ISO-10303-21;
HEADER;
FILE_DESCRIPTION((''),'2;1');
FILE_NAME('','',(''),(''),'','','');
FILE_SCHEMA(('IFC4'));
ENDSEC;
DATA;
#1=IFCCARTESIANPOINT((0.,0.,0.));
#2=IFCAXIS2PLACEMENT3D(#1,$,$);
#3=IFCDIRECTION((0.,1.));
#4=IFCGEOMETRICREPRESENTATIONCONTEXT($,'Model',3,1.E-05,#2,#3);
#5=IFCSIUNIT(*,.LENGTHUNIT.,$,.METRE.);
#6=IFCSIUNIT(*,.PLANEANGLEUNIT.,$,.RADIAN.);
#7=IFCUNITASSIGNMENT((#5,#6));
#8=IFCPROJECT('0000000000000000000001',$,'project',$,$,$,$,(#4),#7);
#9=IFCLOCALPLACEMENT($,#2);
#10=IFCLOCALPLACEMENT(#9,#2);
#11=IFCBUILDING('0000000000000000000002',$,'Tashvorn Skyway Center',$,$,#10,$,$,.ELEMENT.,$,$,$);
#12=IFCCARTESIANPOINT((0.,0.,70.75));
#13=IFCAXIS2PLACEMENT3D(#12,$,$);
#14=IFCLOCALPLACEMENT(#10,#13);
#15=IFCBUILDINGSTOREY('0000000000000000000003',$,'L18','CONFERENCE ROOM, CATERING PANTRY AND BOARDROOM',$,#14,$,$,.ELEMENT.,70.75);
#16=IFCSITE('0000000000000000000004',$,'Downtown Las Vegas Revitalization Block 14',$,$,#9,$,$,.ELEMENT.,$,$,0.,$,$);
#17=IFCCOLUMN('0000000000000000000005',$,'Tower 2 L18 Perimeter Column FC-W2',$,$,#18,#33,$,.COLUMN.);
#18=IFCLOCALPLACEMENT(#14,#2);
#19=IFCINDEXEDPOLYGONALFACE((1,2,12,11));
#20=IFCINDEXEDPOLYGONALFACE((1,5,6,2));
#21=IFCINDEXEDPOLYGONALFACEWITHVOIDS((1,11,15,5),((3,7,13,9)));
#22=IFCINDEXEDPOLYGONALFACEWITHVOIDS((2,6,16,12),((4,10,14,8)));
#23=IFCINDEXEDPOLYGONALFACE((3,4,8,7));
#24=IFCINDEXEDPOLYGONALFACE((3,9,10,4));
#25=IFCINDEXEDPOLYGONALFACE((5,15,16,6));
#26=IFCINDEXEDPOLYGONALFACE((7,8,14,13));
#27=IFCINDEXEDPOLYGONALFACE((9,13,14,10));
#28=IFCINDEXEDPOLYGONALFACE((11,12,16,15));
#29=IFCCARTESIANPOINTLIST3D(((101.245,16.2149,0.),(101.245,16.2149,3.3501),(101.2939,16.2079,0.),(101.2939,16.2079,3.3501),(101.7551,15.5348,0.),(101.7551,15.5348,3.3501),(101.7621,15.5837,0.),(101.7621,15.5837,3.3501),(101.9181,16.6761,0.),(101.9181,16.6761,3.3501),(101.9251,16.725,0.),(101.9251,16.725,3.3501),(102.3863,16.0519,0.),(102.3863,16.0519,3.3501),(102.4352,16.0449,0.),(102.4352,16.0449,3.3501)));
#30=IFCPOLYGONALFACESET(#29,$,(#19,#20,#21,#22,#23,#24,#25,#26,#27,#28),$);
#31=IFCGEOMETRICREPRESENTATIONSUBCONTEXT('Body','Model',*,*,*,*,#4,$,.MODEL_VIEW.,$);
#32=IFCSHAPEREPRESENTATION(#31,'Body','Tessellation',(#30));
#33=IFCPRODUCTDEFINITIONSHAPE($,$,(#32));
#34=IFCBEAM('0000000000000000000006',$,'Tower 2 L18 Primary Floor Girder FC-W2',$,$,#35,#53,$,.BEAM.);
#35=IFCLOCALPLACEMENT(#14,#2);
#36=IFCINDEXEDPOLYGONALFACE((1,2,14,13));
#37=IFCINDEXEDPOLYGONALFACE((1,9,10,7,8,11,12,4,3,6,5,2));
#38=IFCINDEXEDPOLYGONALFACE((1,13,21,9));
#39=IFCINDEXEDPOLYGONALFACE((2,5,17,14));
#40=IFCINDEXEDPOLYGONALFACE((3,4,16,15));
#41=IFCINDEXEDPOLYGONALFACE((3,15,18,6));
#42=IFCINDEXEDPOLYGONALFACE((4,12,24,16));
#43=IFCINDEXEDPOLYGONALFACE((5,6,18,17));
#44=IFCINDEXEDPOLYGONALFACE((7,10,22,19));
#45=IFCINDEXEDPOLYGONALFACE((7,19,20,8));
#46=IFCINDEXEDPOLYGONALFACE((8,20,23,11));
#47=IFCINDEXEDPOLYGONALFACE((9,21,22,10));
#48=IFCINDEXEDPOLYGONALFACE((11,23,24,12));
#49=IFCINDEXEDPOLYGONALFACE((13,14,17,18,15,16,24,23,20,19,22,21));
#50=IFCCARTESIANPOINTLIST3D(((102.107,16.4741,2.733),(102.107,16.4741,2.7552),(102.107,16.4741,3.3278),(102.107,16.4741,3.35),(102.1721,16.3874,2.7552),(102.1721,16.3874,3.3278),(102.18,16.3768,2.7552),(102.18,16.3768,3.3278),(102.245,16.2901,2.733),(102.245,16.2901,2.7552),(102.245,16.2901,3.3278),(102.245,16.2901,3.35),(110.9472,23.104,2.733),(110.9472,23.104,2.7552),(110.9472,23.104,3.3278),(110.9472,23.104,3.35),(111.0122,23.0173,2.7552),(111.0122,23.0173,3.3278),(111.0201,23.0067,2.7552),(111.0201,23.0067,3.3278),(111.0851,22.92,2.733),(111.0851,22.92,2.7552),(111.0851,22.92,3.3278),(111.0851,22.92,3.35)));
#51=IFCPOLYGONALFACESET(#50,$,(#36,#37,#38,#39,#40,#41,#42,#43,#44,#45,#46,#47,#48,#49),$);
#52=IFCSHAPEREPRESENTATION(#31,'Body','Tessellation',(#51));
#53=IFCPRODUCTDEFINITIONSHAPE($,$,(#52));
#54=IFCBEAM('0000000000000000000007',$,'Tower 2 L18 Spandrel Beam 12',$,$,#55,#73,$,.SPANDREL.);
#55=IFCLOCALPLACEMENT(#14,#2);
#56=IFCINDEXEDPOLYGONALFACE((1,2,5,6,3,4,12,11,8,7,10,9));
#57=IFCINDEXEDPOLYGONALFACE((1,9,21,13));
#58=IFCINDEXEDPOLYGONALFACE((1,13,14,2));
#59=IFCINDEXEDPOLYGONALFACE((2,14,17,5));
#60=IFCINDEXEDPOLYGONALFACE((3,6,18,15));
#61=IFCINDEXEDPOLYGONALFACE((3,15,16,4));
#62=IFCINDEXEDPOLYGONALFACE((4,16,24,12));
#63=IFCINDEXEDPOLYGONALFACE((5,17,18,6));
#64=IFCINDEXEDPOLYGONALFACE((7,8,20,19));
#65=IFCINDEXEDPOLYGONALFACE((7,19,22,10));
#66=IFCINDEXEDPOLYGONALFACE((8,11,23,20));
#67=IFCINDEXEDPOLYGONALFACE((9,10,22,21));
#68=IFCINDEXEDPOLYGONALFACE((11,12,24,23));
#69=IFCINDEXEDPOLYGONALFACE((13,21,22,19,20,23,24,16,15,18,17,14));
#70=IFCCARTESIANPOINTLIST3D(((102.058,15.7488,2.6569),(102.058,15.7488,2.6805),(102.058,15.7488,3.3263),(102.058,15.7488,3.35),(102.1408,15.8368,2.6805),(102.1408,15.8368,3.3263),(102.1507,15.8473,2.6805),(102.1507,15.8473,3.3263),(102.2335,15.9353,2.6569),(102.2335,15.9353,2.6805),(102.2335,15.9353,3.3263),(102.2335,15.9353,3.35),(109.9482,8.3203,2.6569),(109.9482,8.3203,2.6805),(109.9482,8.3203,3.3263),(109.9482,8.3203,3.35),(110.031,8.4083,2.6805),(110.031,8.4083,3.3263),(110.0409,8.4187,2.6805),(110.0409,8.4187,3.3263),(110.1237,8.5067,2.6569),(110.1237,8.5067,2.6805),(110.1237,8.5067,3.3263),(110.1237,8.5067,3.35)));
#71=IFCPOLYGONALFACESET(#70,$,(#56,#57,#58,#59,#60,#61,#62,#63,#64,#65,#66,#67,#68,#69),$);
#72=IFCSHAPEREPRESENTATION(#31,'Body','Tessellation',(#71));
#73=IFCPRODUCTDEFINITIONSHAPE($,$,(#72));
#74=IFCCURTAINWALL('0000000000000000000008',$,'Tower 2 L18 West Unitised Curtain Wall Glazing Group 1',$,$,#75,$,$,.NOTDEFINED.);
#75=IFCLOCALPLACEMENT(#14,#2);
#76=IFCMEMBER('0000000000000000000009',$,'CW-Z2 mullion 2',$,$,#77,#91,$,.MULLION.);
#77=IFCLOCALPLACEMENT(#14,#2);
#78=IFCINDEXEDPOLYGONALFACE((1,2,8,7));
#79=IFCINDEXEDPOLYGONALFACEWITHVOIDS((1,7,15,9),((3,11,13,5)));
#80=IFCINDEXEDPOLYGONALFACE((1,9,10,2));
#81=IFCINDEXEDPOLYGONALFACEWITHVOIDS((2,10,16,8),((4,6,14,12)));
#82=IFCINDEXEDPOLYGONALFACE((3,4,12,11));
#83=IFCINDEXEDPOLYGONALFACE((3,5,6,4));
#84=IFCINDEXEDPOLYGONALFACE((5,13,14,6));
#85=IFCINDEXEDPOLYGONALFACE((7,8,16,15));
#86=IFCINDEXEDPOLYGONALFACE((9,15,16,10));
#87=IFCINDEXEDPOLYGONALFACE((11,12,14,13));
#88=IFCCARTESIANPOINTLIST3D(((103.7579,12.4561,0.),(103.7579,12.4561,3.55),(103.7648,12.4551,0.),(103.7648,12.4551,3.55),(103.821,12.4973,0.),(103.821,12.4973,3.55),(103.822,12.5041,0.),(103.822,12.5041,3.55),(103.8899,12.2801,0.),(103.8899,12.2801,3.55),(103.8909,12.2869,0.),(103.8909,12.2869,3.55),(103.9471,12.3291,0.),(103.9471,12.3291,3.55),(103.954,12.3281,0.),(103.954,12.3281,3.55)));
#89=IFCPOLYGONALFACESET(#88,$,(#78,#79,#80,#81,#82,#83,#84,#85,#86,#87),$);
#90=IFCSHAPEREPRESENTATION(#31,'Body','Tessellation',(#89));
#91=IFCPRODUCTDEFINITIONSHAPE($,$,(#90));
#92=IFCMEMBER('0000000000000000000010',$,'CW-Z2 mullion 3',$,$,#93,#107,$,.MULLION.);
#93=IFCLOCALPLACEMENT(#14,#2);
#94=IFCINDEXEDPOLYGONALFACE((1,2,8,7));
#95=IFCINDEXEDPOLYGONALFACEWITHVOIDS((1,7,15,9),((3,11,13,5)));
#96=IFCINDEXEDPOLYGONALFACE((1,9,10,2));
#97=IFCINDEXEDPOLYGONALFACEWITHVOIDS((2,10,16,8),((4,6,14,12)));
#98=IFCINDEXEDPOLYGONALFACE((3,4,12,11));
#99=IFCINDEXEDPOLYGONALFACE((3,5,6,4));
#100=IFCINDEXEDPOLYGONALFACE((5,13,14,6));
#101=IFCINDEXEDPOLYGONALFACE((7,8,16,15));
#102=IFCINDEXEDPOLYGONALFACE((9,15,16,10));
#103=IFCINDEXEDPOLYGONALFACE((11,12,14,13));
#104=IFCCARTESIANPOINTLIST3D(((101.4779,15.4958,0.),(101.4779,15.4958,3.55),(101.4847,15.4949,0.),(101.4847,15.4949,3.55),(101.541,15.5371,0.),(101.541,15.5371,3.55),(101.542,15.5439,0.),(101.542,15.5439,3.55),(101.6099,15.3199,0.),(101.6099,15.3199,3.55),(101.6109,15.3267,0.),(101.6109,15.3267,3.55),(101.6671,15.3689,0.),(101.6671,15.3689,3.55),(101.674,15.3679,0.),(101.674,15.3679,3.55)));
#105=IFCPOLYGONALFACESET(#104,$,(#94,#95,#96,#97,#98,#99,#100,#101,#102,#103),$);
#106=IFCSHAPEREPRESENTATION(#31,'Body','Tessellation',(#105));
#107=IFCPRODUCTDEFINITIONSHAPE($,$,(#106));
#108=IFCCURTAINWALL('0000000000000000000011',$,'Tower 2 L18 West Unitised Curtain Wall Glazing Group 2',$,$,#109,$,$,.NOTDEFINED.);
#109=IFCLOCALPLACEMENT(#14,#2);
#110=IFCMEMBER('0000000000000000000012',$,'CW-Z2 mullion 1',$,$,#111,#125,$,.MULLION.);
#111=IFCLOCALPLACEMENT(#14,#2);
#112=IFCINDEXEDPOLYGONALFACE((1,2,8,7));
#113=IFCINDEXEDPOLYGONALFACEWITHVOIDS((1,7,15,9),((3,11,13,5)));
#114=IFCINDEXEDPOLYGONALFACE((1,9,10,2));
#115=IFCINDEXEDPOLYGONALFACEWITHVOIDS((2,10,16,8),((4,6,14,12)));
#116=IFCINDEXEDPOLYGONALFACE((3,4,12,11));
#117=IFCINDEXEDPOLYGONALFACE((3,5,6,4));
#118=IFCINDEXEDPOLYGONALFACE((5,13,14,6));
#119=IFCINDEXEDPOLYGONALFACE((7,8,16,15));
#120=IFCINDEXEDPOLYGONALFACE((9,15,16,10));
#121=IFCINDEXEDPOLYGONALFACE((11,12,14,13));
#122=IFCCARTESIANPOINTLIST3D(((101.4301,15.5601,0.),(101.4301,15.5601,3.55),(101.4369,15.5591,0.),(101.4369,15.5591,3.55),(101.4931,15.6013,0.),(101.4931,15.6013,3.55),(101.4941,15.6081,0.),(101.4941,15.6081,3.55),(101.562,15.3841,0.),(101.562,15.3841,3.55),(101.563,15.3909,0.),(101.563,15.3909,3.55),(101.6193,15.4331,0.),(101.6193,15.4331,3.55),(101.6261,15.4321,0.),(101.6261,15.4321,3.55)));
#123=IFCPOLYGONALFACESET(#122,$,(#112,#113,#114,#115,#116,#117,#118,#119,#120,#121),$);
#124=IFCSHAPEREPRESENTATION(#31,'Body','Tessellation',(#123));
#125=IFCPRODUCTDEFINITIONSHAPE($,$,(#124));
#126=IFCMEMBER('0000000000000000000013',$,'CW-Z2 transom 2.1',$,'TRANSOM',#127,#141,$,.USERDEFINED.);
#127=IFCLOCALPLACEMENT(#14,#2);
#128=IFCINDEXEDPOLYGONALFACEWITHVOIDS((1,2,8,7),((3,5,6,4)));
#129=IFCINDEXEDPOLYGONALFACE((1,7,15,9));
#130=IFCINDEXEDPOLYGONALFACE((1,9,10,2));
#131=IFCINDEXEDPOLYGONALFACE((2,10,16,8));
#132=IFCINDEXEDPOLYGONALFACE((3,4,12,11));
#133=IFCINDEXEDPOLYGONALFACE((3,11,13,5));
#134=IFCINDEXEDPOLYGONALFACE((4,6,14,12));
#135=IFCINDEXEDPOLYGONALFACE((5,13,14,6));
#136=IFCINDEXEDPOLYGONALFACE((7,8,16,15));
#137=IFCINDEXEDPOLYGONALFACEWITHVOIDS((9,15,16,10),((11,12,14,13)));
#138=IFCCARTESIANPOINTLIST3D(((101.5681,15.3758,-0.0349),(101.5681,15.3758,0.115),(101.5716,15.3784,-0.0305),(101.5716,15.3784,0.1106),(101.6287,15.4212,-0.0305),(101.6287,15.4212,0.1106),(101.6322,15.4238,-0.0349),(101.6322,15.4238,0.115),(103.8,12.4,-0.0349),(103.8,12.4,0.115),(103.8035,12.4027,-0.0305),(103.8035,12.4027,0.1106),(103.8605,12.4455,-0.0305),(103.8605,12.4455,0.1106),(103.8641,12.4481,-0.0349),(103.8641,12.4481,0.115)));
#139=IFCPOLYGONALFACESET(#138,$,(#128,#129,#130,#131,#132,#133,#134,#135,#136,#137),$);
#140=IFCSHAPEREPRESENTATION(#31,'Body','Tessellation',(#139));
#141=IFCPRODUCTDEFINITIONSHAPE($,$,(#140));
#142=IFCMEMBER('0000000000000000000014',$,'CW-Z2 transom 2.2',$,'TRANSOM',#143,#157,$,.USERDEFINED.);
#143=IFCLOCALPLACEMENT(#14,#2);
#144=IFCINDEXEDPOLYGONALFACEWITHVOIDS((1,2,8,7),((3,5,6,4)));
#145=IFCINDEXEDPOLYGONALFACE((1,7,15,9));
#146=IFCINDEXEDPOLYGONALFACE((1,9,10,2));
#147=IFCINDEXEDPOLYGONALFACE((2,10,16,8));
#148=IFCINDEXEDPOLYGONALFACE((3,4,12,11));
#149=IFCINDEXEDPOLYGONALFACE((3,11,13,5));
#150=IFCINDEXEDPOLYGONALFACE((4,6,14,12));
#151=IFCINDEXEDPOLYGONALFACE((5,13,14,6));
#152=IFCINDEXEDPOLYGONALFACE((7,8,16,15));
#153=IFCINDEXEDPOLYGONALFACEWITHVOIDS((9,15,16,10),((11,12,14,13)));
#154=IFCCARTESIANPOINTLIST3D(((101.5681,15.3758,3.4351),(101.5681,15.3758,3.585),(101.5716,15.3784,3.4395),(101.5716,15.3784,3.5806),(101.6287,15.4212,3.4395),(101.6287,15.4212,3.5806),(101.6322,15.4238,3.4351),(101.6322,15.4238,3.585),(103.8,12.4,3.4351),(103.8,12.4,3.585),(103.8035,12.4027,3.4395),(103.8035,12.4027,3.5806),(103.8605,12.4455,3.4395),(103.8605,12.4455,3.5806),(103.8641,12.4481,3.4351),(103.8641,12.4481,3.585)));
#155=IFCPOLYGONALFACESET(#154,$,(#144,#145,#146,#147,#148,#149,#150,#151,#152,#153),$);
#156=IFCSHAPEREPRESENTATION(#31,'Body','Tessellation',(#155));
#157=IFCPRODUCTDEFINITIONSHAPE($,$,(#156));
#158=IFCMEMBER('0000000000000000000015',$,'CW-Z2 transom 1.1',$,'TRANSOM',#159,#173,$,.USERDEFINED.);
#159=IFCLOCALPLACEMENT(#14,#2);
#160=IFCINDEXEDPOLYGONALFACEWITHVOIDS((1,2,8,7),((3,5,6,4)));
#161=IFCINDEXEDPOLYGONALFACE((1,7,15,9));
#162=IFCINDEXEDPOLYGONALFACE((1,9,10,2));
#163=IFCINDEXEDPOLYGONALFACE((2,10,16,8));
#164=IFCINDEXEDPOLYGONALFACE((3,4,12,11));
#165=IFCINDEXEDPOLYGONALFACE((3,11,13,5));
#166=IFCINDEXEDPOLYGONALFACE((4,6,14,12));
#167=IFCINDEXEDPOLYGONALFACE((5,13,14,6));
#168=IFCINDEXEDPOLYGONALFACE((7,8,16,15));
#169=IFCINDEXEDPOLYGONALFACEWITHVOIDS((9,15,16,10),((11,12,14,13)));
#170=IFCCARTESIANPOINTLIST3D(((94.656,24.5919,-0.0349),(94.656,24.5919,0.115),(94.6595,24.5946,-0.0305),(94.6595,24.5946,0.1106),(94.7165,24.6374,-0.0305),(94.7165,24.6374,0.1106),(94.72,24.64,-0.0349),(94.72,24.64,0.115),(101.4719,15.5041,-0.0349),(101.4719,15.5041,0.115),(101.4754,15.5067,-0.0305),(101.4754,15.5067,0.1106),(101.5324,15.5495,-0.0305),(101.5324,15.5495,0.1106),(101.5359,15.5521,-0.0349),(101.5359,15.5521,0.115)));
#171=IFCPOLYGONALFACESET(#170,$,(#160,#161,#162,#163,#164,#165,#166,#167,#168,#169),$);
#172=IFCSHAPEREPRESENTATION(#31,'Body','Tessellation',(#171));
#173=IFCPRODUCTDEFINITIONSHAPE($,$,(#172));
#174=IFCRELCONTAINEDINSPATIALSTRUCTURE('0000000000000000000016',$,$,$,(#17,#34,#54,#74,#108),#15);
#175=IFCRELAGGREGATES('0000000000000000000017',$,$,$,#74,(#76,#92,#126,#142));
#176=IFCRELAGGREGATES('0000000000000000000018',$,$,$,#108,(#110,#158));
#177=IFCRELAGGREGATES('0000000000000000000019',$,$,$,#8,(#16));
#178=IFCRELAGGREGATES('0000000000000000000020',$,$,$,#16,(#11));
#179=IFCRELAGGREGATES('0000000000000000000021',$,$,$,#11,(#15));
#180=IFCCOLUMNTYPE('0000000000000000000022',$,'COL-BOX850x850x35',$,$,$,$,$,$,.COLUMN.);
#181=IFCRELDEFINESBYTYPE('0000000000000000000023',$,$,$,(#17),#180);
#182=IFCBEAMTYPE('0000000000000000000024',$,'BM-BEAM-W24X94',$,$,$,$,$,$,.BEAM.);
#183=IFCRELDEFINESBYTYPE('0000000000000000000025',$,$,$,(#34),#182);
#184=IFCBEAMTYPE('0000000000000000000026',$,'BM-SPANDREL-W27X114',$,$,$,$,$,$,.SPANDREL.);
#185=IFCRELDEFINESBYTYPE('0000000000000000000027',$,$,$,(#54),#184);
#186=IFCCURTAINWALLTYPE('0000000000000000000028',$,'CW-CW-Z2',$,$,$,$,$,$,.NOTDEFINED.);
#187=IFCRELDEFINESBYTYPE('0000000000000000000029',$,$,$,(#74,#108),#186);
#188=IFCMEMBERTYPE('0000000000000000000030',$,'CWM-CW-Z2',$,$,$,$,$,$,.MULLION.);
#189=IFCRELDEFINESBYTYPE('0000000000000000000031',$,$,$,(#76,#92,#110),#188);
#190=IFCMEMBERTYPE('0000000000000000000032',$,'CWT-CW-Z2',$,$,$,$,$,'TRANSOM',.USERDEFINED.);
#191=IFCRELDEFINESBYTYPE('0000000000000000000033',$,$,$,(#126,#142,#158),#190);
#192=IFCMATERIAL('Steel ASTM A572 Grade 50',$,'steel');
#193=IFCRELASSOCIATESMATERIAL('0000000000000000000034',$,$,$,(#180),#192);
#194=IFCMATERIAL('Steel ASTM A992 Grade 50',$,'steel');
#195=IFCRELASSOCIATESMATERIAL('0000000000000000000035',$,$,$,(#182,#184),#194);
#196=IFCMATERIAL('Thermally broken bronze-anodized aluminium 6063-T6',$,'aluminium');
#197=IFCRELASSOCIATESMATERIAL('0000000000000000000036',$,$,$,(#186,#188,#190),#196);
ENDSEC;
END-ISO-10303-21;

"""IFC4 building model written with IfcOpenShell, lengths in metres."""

from ifc_helpers import new_model, si_unit, direction, frame, origin, origin_2d, place, context, subcontext, project, spatial, hollow_rectangle, i_section, extrude, material, material_profile, profile_set, type_object, element, aggregate, save


model = new_model("IFC4")

# Units and contexts
model_context = context("Model", 3, precision=1e-05, world=origin(), true_north=direction((0.0, 1.0)))
body_context = subcontext(model_context, "Body", "Model", "MODEL_VIEW")
ifc_project = project(units=[si_unit("LENGTHUNIT", "METRE"), si_unit("PLANEANGLEUNIT", "RADIAN")], contexts=[model_context])

# Site, building, storey
site_placement = place(None, origin())
site = spatial("IfcSite", under=ifc_project, at=site_placement, Name="Downtown Las Vegas Revitalization Block 14", CompositionType="ELEMENT", RefElevation=0.0)
building_placement = place(site_placement, origin())
building = spatial("IfcBuilding", under=site, at=building_placement, Name="Tashvorn Skyway Center", CompositionType="ELEMENT")
storey_placement = place(building_placement, frame((0.0, 0.0, 70.75)))
storey = spatial("IfcBuildingStorey", under=building, at=storey_placement, Name="L18", Description="CONFERENCE ROOM, CATERING PANTRY AND BOARDROOM", CompositionType="ELEMENT", Elevation=70.75)

# Column
ifc_material_1 = material(Name="Steel ASTM A572 Grade 50", Category="steel")
ifc_material_profile_1 = material_profile(ifc_material_1, hollow_rectangle(XDim=0.8501, YDim=0.8501, WallThickness=0.0349, at=origin_2d()), Name="BOX850x850x35")
ifc_profile_set_1 = profile_set([ifc_material_profile_1], Name="Steel ASTM A572 Grade 50")
column_type = type_object("IfcColumnType", Name="COL-BOX850x850x35", PredefinedType="COLUMN", material=ifc_profile_set_1)
column_placement = place(storey_placement, frame((101.8401, 16.1299, 0.0), z_axis=(0.0, 0.0, 1.0), x_axis=(0.8, 0.6, 0.0)))
element("IfcColumn", 1, at=column_placement, inside=storey, type_object=column_type, Name="Tower 2 L18 Perimeter Column FC-W2", PredefinedType="COLUMN", context=body_context, shape_type="SweptSolid", body=[
    extrude(hollow_rectangle(XDim=0.8501, YDim=0.8501, WallThickness=0.0349, at=origin_2d()), origin(), (0.0, 0.0, 1.0), 3.3501),
])

# Beams
ifc_material_2 = material(Name="Steel ASTM A992 Grade 50", Category="steel")
ifc_material_profile_2 = material_profile(ifc_material_2, i_section(OverallWidth=0.23, OverallDepth=0.6169, WebThickness=0.0132, FlangeThickness=0.0222, at=origin_2d()), Name="W24X94")
ifc_profile_set_2 = profile_set([ifc_material_profile_2], Name="Steel ASTM A992 Grade 50")
beam_type_1 = type_object("IfcBeamType", Name="BM-BEAM-W24X94", PredefinedType="BEAM", material=ifc_profile_set_2)
beam_1_placement = place(storey_placement, frame((102.176, 16.3821, 3.0415), z_axis=(0.800008, 0.599989, 0.0), x_axis=(-0.599989, 0.800008, 0.0)))
element("IfcBeam", 2, at=beam_1_placement, inside=storey, type_object=beam_type_1, Name="Tower 2 L18 Primary Floor Girder FC-W2", PredefinedType="BEAM", context=body_context, shape_type="SweptSolid", body=[
    extrude(i_section(OverallWidth=0.23, OverallDepth=0.6169, WebThickness=0.0132, FlangeThickness=0.0222, at=origin_2d()), origin(), (0.0, 0.0, 1.0), 11.05),
])
ifc_material_profile_3 = material_profile(ifc_material_2, i_section(OverallWidth=0.2561, OverallDepth=0.6931, WebThickness=0.0144, FlangeThickness=0.0237, at=origin_2d()), Name="W27X114")
ifc_profile_set_3 = profile_set([ifc_material_profile_3], Name="Steel ASTM A992 Grade 50")
beam_type_2 = type_object("IfcBeamType", Name="BM-SPANDREL-W27X114", PredefinedType="SPANDREL", material=ifc_profile_set_3)
beam_2_placement = place(storey_placement, frame((102.1458, 15.842, 3.0034), z_axis=(0.728087, -0.685485, 0.0), x_axis=(0.685485, 0.728087, 0.0)))
element("IfcBeam", 3, at=beam_2_placement, inside=storey, type_object=beam_type_2, Name="Tower 2 L18 Spandrel Beam 12", PredefinedType="SPANDREL", context=body_context, shape_type="SweptSolid", body=[
    extrude(i_section(OverallWidth=0.2561, OverallDepth=0.6931, WebThickness=0.0144, FlangeThickness=0.0237, at=origin_2d()), origin(), (0.0, 0.0, 1.0), 10.8369),
])

# Curtain wall, members
ifc_material_3 = material(Name="Thermally broken bronze-anodized aluminium 6063-T6", Category="aluminium")
curtain_wall_type = type_object("IfcCurtainWallType", Name="CW-CW-Z2", PredefinedType="NOTDEFINED", material=ifc_material_3)
curtain_wall_1_placement = place(storey_placement, origin())
curtain_wall_1 = element("IfcCurtainWall", 4, at=curtain_wall_1_placement, inside=storey, type_object=curtain_wall_type, Name="Tower 2 L18 West Unitised Curtain Wall Glazing Group 1", PredefinedType="NOTDEFINED")
ifc_material_profile_4 = material_profile(ifc_material_3, hollow_rectangle(XDim=0.0801, YDim=0.22, WallThickness=0.0049, at=origin_2d()), Name="ALU-MULL-80x220")
ifc_profile_set_4 = profile_set([ifc_material_profile_4], Name="Thermally broken bronze-anodized aluminium 6063-T6")
member_type_1 = type_object("IfcMemberType", Name="CWM-CW-Z2", PredefinedType="MULLION", material=ifc_profile_set_4)
member_1_placement = place(storey_placement, frame((103.856, 12.3921, 0.0), z_axis=(0.0, 0.0, 1.0), x_axis=(-0.8, -0.6, 0.0)))
member_1 = element("IfcMember", 5, at=member_1_placement, type_object=member_type_1, Name="CW-Z2 mullion 2", PredefinedType="MULLION", context=body_context, shape_type="SweptSolid", body=[
    extrude(hollow_rectangle(XDim=0.0801, YDim=0.22, WallThickness=0.0049, at=origin_2d()), origin(), (0.0, 0.0, 1.0), 3.55),
])
member_2_placement = place(storey_placement, frame((101.5759, 15.4319, 0.0), z_axis=(0.0, 0.0, 1.0), x_axis=(-0.8, -0.6, 0.0)))
member_2 = element("IfcMember", 6, at=member_2_placement, type_object=member_type_1, Name="CW-Z2 mullion 3", PredefinedType="MULLION", context=body_context, shape_type="SweptSolid", body=[
    extrude(hollow_rectangle(XDim=0.0801, YDim=0.22, WallThickness=0.0049, at=origin_2d()), origin(), (0.0, 0.0, 1.0), 3.55),
])

# Curtain wall, member
curtain_wall_2_placement = place(storey_placement, origin())
curtain_wall_2 = element("IfcCurtainWall", 7, at=curtain_wall_2_placement, inside=storey, type_object=curtain_wall_type, Name="Tower 2 L18 West Unitised Curtain Wall Glazing Group 2", PredefinedType="NOTDEFINED")
member_3_placement = place(storey_placement, frame((101.5281, 15.4961, 0.0), z_axis=(0.0, 0.0, 1.0), x_axis=(-0.8, -0.6, 0.0)))
member_3 = element("IfcMember", 8, at=member_3_placement, type_object=member_type_1, Name="CW-Z2 mullion 1", PredefinedType="MULLION", context=body_context, shape_type="SweptSolid", body=[
    extrude(hollow_rectangle(XDim=0.0801, YDim=0.22, WallThickness=0.0049, at=origin_2d()), origin(), (0.0, 0.0, 1.0), 3.55),
])

# Members
ifc_material_profile_5 = material_profile(ifc_material_3, hollow_rectangle(XDim=0.0801, YDim=0.1499, WallThickness=0.0044, at=origin_2d()), Name="ALU-TRAN-80x150")
ifc_profile_set_5 = profile_set([ifc_material_profile_5], Name="Thermally broken bronze-anodized aluminium 6063-T6")
member_type_2 = type_object("IfcMemberType", Name="CWT-CW-Z2", ElementType="TRANSOM", PredefinedType="USERDEFINED", material=ifc_profile_set_5)
member_4_placement = place(storey_placement, frame((103.832, 12.4241, 0.04), z_axis=(-0.600011, 0.799992, 0.0), x_axis=(-0.799992, -0.600011, 0.0)))
member_4 = element("IfcMember", 9, at=member_4_placement, type_object=member_type_2, Name="CW-Z2 transom 2.1", ObjectType="TRANSOM", PredefinedType="USERDEFINED", context=body_context, shape_type="SweptSolid", body=[
    extrude(hollow_rectangle(XDim=0.0801, YDim=0.1499, WallThickness=0.0044, at=origin_2d()), origin(), (0.0, 0.0, 1.0), 3.7197),
])
member_5_placement = place(storey_placement, frame((103.832, 12.4241, 3.51), z_axis=(-0.600011, 0.799992, 0.0), x_axis=(-0.799992, -0.600011, 0.0)))
member_5 = element("IfcMember", 10, at=member_5_placement, type_object=member_type_2, Name="CW-Z2 transom 2.2", ObjectType="TRANSOM", PredefinedType="USERDEFINED", context=body_context, shape_type="SweptSolid", body=[
    extrude(hollow_rectangle(XDim=0.0801, YDim=0.1499, WallThickness=0.0044, at=origin_2d()), origin(), (0.0, 0.0, 1.0), 3.7197),
])
member_6_placement = place(storey_placement, frame((101.5039, 15.5281, 0.04), z_axis=(-0.6, 0.8, 0.0), x_axis=(-0.8, -0.6, 0.0)))
member_6 = element("IfcMember", 11, at=member_6_placement, type_object=member_type_2, Name="CW-Z2 transom 1.1", ObjectType="TRANSOM", PredefinedType="USERDEFINED", context=body_context, shape_type="SweptSolid", body=[
    extrude(hollow_rectangle(XDim=0.0801, YDim=0.1499, WallThickness=0.0044, at=origin_2d()), origin(), (0.0, 0.0, 1.0), 11.3599),
])

aggregate(curtain_wall_1, [member_1, member_2, member_4, member_5])
aggregate(curtain_wall_2, [member_3, member_6])

save(model, "model.ifc")
